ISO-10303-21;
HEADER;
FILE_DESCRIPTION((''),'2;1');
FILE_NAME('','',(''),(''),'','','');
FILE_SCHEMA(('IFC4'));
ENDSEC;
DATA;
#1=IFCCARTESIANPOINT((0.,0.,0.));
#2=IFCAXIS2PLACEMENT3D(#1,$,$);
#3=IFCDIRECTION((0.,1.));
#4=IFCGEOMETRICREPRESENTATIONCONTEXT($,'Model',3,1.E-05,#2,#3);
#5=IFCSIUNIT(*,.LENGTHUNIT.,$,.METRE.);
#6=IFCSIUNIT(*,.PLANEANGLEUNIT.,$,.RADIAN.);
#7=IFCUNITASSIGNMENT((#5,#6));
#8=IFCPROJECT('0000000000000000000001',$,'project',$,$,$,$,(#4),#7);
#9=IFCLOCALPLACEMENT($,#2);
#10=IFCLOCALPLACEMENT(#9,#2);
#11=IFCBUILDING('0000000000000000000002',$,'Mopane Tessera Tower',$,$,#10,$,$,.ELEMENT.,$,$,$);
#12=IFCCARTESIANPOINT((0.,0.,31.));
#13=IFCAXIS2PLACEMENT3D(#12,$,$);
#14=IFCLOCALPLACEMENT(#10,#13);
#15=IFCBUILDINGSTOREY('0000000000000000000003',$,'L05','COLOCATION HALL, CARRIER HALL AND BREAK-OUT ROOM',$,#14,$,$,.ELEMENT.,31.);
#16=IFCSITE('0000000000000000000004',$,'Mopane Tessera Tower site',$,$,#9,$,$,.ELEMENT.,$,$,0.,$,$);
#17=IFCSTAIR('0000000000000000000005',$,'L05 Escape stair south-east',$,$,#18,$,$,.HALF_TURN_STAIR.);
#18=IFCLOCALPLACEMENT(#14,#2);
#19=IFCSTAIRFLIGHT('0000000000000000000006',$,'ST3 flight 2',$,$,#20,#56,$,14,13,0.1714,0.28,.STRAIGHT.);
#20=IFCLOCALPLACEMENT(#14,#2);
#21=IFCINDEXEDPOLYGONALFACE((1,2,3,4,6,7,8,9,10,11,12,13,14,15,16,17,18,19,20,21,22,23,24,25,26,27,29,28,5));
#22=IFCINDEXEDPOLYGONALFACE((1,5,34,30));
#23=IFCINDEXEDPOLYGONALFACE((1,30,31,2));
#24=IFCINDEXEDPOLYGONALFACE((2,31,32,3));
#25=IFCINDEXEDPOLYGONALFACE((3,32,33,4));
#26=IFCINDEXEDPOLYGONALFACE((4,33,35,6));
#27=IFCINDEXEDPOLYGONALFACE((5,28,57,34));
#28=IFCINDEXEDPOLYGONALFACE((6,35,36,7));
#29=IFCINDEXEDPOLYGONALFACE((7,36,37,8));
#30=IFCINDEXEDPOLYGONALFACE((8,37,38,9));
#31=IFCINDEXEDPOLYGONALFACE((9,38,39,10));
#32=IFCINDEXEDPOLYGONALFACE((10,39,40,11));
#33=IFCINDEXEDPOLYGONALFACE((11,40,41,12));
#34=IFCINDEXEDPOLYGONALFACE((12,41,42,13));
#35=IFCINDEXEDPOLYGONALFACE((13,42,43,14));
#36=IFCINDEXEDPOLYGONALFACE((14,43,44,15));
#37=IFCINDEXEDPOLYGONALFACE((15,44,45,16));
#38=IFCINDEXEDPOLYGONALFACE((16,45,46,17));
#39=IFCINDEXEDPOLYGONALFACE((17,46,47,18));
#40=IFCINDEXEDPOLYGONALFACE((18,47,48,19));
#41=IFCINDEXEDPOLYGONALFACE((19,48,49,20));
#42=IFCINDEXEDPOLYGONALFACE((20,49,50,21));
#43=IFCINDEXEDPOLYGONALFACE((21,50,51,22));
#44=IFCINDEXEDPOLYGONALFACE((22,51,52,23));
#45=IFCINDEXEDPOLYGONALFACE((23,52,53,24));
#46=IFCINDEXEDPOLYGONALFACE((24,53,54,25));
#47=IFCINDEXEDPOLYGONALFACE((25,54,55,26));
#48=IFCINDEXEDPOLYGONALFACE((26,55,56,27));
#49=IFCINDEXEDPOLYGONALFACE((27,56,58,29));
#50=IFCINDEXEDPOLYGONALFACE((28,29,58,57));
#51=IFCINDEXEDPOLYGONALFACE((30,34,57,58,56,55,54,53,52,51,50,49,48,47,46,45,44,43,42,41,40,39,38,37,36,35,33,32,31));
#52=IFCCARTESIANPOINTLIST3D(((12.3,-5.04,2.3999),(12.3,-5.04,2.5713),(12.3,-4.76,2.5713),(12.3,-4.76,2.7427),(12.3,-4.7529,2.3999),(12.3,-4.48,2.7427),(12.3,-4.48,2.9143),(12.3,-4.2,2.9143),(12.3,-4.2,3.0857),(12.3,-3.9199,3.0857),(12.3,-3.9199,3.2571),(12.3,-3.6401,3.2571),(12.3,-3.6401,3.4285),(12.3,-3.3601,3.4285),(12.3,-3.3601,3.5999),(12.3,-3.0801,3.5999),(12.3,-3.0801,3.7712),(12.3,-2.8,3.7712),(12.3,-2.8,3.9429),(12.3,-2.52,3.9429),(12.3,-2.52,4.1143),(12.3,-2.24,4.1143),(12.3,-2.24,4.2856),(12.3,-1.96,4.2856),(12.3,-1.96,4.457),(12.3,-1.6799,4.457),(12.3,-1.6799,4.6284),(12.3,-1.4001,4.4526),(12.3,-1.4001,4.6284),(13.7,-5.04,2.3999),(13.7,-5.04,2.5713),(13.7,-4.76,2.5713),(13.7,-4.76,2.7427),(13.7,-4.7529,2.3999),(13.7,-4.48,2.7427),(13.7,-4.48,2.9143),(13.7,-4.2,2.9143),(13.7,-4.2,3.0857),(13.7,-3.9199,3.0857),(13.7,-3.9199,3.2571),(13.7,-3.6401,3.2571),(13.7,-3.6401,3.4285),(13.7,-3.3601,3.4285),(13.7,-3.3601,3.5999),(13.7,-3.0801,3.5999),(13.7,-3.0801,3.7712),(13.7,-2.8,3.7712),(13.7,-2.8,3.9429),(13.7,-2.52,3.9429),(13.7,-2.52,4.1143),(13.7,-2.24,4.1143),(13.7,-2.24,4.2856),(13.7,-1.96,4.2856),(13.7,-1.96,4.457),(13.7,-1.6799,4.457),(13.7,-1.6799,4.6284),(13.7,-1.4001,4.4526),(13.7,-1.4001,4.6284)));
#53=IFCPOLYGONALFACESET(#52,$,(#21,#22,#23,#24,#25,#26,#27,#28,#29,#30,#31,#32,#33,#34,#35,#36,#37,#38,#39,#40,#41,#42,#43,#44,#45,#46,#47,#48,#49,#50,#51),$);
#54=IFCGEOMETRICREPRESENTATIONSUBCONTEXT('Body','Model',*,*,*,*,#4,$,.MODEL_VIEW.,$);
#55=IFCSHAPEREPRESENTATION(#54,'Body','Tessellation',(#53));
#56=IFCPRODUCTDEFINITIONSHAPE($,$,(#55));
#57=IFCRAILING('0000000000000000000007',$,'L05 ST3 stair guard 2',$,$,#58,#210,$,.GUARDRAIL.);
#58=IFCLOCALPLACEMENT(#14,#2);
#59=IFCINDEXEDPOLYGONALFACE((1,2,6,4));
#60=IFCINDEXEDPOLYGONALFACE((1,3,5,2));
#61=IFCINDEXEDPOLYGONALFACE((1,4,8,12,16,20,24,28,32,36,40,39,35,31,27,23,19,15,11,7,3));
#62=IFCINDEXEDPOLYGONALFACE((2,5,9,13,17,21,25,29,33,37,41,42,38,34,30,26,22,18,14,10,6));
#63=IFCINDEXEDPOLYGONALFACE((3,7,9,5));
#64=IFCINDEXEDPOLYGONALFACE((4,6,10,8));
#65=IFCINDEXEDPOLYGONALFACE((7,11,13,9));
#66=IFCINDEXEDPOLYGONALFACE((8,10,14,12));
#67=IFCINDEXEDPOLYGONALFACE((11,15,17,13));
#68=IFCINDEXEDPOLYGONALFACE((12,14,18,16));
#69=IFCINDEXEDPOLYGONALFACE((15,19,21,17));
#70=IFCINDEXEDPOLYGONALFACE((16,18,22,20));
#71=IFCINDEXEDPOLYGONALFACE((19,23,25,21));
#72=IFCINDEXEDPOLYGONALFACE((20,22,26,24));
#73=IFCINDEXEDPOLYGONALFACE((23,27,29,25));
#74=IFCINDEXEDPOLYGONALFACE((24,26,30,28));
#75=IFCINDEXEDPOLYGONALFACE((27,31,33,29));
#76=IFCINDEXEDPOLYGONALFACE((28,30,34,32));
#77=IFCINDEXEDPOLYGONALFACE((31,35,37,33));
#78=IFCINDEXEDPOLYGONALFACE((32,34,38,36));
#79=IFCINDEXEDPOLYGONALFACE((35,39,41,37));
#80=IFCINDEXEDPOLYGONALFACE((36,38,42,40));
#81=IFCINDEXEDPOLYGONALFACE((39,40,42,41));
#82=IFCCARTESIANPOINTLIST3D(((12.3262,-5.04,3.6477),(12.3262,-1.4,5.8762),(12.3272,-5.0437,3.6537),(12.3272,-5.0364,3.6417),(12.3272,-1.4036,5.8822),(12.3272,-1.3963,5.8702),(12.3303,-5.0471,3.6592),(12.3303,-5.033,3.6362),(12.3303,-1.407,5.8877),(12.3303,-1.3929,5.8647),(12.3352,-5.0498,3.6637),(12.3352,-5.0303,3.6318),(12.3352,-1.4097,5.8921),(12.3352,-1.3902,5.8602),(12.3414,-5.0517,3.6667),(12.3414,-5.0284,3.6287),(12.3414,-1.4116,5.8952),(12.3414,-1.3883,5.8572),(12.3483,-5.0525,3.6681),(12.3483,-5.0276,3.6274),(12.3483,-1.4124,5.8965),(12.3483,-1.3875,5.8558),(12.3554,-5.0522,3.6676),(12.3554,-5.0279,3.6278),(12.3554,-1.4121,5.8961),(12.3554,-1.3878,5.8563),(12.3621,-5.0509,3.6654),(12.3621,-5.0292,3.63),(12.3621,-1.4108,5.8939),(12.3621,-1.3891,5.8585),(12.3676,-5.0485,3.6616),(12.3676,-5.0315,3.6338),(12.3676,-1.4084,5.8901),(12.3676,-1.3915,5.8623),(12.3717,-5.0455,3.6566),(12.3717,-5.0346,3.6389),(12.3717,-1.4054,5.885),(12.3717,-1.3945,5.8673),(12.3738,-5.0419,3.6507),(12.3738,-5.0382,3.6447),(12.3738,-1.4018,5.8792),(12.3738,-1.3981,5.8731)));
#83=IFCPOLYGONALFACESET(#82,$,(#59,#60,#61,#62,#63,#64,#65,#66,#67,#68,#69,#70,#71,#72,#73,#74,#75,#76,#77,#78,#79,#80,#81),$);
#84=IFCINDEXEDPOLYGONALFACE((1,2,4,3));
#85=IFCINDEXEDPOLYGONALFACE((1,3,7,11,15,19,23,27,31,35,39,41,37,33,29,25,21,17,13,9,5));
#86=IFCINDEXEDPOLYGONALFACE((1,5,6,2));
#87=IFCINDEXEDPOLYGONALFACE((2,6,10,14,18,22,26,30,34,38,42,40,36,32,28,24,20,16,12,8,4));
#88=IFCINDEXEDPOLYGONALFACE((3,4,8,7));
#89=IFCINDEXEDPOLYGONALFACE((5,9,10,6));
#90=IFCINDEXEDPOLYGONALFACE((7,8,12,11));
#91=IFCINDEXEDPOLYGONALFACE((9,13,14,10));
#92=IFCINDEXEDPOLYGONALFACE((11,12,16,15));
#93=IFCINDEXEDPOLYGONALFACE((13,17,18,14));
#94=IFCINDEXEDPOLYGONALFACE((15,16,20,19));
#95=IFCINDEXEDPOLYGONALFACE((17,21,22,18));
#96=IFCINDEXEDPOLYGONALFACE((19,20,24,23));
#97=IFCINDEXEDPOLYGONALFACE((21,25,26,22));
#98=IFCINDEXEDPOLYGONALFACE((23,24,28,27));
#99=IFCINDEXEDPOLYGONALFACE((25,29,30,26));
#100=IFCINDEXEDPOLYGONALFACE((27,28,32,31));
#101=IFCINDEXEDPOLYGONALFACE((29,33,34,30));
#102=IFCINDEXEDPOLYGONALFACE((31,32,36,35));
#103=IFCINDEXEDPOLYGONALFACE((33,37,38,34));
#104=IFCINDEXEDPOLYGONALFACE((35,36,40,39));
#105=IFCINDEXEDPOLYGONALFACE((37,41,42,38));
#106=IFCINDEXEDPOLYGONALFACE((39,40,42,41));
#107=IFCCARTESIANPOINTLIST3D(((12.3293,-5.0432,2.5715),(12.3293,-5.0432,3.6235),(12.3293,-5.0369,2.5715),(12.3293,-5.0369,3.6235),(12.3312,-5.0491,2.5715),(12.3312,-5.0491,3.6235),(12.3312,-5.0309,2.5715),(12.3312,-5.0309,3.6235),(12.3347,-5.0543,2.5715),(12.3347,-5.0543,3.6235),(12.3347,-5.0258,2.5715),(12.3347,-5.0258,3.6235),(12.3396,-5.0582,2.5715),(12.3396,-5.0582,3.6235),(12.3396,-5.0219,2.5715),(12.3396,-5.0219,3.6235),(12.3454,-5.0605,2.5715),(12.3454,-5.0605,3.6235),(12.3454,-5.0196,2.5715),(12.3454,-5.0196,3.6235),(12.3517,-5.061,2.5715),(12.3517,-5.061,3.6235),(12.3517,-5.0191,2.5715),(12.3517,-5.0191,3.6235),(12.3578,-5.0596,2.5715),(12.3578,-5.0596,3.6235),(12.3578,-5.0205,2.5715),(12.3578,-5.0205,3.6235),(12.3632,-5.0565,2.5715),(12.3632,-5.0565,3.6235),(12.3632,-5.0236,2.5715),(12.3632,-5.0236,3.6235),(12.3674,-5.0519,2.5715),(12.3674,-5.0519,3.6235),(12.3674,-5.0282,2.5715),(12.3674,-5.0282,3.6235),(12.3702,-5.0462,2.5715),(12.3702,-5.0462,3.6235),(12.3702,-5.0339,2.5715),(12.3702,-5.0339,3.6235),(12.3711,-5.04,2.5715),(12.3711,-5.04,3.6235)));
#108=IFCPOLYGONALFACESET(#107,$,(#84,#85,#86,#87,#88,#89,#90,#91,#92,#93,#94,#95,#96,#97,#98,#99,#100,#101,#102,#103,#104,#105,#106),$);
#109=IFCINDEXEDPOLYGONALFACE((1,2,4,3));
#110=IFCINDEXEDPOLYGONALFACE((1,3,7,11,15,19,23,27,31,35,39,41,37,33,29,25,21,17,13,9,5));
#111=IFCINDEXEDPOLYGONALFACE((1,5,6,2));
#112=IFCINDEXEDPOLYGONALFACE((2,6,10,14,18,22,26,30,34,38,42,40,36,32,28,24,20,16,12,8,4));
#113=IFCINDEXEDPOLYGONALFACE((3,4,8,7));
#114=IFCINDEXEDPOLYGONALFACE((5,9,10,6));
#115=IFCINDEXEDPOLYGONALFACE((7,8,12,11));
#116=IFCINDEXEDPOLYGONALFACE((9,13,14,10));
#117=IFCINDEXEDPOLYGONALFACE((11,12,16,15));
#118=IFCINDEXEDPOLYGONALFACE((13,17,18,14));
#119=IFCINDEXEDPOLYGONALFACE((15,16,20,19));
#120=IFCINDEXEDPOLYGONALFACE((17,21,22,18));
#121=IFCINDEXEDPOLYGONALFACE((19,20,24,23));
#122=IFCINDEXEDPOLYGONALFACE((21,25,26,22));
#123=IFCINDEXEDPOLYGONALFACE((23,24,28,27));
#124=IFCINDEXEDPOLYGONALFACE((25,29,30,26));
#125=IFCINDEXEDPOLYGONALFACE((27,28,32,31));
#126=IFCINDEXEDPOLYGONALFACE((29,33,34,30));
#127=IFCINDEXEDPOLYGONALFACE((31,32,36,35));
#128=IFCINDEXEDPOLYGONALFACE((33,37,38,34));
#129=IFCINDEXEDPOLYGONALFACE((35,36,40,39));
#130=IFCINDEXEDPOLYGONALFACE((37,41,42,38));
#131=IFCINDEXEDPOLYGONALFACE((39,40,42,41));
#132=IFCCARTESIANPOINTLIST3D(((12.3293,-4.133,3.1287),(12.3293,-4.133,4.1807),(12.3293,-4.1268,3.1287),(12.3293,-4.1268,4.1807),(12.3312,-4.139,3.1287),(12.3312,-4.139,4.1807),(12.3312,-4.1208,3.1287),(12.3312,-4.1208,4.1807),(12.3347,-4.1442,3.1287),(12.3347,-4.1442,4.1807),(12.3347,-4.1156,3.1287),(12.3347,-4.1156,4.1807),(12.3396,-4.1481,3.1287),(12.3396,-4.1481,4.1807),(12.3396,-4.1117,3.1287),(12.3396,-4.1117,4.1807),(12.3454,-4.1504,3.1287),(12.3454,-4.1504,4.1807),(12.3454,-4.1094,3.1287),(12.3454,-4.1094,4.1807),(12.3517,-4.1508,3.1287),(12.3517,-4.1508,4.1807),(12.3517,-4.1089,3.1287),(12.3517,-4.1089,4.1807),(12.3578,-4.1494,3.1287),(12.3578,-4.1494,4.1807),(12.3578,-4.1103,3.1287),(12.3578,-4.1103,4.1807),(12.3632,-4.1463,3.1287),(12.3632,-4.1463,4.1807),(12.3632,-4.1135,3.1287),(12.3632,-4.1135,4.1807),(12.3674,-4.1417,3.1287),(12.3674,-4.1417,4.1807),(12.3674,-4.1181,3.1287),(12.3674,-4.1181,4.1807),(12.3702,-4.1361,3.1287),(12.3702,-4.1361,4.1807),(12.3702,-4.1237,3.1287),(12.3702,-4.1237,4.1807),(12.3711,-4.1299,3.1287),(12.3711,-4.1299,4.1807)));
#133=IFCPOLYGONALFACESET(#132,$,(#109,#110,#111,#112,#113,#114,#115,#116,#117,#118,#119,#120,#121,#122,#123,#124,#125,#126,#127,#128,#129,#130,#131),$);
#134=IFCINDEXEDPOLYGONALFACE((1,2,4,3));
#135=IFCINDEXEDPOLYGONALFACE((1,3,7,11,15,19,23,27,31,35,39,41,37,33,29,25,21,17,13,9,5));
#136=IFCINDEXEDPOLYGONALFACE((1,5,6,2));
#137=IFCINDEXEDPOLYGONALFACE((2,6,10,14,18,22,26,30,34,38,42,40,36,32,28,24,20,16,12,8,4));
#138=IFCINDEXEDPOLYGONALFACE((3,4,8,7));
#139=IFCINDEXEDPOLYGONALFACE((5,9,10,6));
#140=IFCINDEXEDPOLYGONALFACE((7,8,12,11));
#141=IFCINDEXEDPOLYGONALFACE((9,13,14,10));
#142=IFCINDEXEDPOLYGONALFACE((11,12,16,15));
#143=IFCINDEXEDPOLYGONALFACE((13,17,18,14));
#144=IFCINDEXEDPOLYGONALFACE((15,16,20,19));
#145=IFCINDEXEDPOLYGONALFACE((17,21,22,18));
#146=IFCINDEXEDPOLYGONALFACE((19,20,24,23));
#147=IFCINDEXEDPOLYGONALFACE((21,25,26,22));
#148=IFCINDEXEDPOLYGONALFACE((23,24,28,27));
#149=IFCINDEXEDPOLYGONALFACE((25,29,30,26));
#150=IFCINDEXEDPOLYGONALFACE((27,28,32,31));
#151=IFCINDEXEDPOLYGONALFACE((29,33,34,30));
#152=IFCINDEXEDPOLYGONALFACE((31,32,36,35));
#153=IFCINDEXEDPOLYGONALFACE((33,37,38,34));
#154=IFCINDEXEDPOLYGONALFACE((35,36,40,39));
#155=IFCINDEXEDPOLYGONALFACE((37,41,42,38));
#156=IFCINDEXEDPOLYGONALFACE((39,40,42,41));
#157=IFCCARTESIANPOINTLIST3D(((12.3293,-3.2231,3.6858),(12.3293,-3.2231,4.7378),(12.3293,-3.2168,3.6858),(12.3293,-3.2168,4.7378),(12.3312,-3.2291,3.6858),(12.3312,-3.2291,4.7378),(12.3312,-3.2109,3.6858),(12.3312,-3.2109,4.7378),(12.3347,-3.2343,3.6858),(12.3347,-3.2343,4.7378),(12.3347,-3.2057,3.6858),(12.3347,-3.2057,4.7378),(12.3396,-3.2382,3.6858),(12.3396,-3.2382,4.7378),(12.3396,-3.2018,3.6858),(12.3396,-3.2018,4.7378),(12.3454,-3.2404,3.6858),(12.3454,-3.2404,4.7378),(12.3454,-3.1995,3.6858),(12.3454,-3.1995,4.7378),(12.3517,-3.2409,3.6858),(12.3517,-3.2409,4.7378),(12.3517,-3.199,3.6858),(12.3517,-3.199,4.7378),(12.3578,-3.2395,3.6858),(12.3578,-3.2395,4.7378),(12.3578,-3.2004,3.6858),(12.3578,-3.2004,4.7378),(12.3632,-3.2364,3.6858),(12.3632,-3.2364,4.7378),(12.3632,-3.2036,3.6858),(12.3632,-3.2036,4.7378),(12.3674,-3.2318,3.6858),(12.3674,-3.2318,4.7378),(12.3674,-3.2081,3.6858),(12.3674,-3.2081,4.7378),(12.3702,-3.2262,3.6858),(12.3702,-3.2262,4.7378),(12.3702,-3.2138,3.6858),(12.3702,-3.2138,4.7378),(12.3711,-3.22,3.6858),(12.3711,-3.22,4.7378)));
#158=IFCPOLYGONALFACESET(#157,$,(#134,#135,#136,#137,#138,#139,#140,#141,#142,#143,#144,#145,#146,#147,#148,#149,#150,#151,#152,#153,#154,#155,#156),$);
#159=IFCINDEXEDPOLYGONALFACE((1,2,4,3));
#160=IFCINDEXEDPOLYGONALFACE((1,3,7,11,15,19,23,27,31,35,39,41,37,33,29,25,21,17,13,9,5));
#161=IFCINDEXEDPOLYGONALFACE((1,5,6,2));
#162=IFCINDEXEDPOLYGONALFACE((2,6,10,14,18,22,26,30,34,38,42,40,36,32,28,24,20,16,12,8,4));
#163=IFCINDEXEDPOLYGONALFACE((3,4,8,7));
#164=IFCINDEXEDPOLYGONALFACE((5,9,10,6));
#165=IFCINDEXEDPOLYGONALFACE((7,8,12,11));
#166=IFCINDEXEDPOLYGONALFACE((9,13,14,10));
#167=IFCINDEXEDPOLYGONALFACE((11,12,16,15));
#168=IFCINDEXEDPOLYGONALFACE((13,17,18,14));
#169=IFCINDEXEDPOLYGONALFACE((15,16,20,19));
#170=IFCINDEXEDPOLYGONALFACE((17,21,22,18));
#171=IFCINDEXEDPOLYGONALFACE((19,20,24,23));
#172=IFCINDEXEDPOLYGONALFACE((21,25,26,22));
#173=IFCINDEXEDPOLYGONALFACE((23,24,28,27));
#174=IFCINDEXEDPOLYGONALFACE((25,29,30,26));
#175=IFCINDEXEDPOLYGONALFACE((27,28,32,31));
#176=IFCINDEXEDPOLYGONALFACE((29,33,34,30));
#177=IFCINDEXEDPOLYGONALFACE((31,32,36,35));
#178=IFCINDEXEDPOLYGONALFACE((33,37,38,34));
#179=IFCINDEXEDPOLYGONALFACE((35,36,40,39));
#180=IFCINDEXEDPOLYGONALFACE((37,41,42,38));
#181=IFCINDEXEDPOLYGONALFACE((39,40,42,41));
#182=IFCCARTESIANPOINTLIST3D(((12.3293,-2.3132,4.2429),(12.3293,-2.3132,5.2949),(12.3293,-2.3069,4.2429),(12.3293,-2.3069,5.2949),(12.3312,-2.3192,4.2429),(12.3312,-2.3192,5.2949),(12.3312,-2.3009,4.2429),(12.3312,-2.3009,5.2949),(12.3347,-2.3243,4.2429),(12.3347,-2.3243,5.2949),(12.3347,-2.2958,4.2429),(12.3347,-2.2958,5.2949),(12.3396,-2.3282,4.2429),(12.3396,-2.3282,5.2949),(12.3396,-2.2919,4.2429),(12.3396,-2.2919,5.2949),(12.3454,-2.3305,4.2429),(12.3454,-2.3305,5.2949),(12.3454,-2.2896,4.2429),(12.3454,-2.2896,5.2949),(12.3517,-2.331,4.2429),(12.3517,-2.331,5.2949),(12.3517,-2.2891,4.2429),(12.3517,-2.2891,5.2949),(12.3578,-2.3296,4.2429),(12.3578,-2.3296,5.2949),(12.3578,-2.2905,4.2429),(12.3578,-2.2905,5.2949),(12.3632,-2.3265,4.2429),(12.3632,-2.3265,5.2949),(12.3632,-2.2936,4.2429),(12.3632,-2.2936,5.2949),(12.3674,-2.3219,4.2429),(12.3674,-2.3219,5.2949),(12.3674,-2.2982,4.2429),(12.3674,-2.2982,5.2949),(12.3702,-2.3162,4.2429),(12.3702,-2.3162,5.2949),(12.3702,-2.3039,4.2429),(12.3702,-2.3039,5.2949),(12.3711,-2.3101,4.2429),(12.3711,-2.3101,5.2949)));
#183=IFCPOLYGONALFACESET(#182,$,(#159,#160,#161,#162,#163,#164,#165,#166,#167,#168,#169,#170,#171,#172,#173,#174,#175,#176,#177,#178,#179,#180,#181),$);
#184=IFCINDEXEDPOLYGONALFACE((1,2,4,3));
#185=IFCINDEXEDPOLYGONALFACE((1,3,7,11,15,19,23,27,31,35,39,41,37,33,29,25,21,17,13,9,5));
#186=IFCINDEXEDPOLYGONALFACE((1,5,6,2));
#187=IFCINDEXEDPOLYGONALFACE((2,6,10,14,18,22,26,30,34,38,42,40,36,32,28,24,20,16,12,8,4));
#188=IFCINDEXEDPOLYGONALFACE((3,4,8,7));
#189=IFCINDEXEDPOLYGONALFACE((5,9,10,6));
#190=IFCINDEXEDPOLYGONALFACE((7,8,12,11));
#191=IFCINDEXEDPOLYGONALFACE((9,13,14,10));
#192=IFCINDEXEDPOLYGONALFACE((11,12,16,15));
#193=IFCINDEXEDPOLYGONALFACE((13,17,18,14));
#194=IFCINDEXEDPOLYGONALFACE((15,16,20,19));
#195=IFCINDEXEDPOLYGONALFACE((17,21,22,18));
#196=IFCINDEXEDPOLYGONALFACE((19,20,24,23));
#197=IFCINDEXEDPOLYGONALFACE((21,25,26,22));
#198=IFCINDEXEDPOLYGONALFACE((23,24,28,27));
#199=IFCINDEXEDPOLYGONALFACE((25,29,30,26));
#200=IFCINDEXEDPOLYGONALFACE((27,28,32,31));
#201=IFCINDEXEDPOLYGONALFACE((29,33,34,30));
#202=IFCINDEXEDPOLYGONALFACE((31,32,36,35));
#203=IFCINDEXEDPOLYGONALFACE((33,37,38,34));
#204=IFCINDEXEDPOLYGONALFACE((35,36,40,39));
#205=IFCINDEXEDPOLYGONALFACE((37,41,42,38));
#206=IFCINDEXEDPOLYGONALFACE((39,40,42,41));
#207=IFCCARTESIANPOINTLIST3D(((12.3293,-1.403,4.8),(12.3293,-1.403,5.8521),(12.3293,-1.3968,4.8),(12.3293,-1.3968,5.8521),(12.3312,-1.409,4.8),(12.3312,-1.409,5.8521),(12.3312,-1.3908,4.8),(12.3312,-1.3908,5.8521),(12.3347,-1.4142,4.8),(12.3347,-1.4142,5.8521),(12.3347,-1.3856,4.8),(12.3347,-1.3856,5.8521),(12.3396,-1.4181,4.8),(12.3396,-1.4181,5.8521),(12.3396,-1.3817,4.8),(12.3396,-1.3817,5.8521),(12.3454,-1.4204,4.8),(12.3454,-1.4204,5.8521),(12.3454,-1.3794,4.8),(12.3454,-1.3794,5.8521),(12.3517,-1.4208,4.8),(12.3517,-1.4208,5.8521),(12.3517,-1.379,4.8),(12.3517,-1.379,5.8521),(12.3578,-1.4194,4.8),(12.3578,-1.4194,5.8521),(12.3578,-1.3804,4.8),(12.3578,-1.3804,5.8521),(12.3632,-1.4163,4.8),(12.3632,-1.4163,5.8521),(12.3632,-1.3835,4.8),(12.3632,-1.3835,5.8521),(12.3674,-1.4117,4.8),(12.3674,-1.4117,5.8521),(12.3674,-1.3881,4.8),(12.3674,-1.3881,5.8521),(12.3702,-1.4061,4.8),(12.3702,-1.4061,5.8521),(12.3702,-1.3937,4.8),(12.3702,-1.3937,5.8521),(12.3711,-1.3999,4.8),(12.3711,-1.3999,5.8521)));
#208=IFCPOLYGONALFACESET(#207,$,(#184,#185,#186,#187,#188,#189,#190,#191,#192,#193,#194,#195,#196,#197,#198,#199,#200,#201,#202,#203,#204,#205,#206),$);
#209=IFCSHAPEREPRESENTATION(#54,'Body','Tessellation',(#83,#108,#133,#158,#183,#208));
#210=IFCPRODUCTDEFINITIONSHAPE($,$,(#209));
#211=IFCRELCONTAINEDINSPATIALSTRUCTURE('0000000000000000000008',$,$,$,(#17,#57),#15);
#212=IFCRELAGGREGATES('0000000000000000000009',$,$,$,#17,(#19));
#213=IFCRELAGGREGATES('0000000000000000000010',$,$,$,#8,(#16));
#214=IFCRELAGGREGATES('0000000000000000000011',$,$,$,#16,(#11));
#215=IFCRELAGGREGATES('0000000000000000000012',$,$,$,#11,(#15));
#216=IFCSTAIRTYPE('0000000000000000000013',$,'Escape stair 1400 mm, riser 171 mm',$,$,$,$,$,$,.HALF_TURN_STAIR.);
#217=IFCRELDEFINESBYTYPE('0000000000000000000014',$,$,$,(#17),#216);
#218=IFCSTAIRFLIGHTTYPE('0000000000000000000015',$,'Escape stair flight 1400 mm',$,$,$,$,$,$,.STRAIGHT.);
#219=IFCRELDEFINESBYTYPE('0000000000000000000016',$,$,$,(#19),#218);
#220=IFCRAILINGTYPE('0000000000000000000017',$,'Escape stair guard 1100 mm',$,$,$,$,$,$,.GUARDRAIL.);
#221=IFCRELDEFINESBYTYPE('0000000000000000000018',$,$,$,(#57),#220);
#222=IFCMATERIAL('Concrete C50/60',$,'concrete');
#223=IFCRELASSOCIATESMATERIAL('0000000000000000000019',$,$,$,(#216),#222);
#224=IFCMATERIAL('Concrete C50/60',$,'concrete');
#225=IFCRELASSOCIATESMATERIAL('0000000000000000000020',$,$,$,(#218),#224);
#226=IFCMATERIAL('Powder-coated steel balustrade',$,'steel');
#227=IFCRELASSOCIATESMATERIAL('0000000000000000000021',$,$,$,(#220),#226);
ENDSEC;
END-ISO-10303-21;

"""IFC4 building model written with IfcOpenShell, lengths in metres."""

from ifc_helpers import new_model, si_unit, direction, frame, origin, origin_2d, place, context, subcontext, project, spatial, polyline, circle, outline, extrude, material, type_object, element, aggregate, save


model = new_model("IFC4")

# Units and contexts
model_context = context("Model", 3, precision=1e-05, world=origin(), true_north=direction((0.0, 1.0)))
body_context = subcontext(model_context, "Body", "Model", "MODEL_VIEW")
ifc_project = project(units=[si_unit("LENGTHUNIT", "METRE"), si_unit("PLANEANGLEUNIT", "RADIAN")], contexts=[model_context])

# Site, building, storey
site_placement = place(None, origin())
site = spatial("IfcSite", under=ifc_project, at=site_placement, Name="Mopane Tessera Tower site", CompositionType="ELEMENT", RefElevation=0.0)
building_placement = place(site_placement, origin())
building = spatial("IfcBuilding", under=site, at=building_placement, Name="Mopane Tessera Tower", CompositionType="ELEMENT")
storey_placement = place(building_placement, frame((0.0, 0.0, 31.0)))
storey = spatial("IfcBuildingStorey", under=building, at=storey_placement, Name="L05", Description="COLOCATION HALL, CARRIER HALL AND BREAK-OUT ROOM", CompositionType="ELEMENT", Elevation=31.0)

# Stair, stair flight
ifc_material_1 = material(Name="Concrete C50/60", Category="concrete")
stair_type = type_object("IfcStairType", Name="Escape stair 1400 mm, riser 171 mm", PredefinedType="HALF_TURN_STAIR", material=ifc_material_1)
stair_placement = place(storey_placement, origin())
stair = element("IfcStair", 1, at=stair_placement, inside=storey, type_object=stair_type, Name="L05 Escape stair south-east", PredefinedType="HALF_TURN_STAIR")
ifc_material_2 = material(Name="Concrete C50/60", Category="concrete")
stair_flight_type = type_object("IfcStairFlightType", Name="Escape stair flight 1400 mm", PredefinedType="STRAIGHT", material=ifc_material_2)
stair_flight_1_placement = place(storey_placement, frame((13.0, -5.04, 2.3999), z_axis=(0.0, 0.0, 1.0), x_axis=(0.0, 1.0, 0.0)))
stair_flight_1 = element("IfcStairFlight", 2, at=stair_flight_1_placement, type_object=stair_flight_type, Name="ST3 flight 2", NumberOfRisers=14, NumberOfTreads=13, PredefinedType="STRAIGHT", RiserHeight=0.1714, TreadLength=0.28, context=body_context, shape_type="SweptSolid", body=[
    extrude(outline(polyline([(0.0, 0.0), (0.0, 0.1714), (0.28, 0.1714), (0.28, 0.3428), (0.5601, 0.3428), (0.5601, 0.5144), (0.8401, 0.5144), (0.8401, 0.6858), (1.1201, 0.6858), (1.1201, 0.8572), (1.3999, 0.8572), (1.3999, 1.0286), (1.6799, 1.0286), (1.6799, 1.2), (1.96, 1.2), (1.96, 1.3713), (2.24, 1.3713), (2.24, 1.543), (2.52, 1.543), (2.52, 1.7144), (2.8, 1.7144), (2.8, 1.8857), (3.0801, 1.8857), (3.0801, 2.0571), (3.3601, 2.0571), (3.3601, 2.2285), (3.6399, 2.2285), (3.6399, 2.3999), (3.6399, 2.0527), (0.2871, 0.0), (0.0, 0.0)])), frame((0.0, 0.7, 0.0), z_axis=(0.0, -1.0, 0.0), x_axis=(1.0, 0.0, 0.0)), (0.0, 0.0, 1.0), 1.3999),
])
aggregate(stair, [stair_flight_1])

# Railing
ifc_material_3 = material(Name="Powder-coated steel balustrade", Category="steel")
railing_type_1 = type_object("IfcRailingType", Name="Escape stair guard 1100 mm", PredefinedType="GUARDRAIL", material=ifc_material_3)
railing_1_placement = place(storey_placement, frame((12.3501, -5.04, 2.5715)))
element("IfcRailing", 3, at=railing_1_placement, inside=storey, type_object=railing_type_1, Name="L05 ST3 stair guard 2", PredefinedType="GUARDRAIL", context=body_context, shape_type="SweptSolid", body=[
    extrude(circle(Radius=0.0239, at=origin_2d()), frame((0.0, 0.0, 1.0762), z_axis=(0.0, 0.852866, 0.52213), x_axis=(-1.0, 0.0, 0.0)), (0.0, 0.0, 1.0), 4.2681),
    extrude(circle(Radius=0.021, at=origin_2d()), origin(), (0.0, 0.0, 1.0), 1.052),
    extrude(circle(Radius=0.021, at=origin_2d()), frame((0.0, 0.9102, 0.5571)), (0.0, 0.0, 1.0), 1.052),
    extrude(circle(Radius=0.021, at=origin_2d()), frame((0.0, 1.8201, 1.1143)), (0.0, 0.0, 1.0), 1.052),
    extrude(circle(Radius=0.021, at=origin_2d()), frame((0.0, 2.73, 1.6714)), (0.0, 0.0, 1.0), 1.052),
    extrude(circle(Radius=0.021, at=origin_2d()), frame((0.0, 3.6401, 2.2285)), (0.0, 0.0, 1.0), 1.052),
])

save(model, "model.ifc")
